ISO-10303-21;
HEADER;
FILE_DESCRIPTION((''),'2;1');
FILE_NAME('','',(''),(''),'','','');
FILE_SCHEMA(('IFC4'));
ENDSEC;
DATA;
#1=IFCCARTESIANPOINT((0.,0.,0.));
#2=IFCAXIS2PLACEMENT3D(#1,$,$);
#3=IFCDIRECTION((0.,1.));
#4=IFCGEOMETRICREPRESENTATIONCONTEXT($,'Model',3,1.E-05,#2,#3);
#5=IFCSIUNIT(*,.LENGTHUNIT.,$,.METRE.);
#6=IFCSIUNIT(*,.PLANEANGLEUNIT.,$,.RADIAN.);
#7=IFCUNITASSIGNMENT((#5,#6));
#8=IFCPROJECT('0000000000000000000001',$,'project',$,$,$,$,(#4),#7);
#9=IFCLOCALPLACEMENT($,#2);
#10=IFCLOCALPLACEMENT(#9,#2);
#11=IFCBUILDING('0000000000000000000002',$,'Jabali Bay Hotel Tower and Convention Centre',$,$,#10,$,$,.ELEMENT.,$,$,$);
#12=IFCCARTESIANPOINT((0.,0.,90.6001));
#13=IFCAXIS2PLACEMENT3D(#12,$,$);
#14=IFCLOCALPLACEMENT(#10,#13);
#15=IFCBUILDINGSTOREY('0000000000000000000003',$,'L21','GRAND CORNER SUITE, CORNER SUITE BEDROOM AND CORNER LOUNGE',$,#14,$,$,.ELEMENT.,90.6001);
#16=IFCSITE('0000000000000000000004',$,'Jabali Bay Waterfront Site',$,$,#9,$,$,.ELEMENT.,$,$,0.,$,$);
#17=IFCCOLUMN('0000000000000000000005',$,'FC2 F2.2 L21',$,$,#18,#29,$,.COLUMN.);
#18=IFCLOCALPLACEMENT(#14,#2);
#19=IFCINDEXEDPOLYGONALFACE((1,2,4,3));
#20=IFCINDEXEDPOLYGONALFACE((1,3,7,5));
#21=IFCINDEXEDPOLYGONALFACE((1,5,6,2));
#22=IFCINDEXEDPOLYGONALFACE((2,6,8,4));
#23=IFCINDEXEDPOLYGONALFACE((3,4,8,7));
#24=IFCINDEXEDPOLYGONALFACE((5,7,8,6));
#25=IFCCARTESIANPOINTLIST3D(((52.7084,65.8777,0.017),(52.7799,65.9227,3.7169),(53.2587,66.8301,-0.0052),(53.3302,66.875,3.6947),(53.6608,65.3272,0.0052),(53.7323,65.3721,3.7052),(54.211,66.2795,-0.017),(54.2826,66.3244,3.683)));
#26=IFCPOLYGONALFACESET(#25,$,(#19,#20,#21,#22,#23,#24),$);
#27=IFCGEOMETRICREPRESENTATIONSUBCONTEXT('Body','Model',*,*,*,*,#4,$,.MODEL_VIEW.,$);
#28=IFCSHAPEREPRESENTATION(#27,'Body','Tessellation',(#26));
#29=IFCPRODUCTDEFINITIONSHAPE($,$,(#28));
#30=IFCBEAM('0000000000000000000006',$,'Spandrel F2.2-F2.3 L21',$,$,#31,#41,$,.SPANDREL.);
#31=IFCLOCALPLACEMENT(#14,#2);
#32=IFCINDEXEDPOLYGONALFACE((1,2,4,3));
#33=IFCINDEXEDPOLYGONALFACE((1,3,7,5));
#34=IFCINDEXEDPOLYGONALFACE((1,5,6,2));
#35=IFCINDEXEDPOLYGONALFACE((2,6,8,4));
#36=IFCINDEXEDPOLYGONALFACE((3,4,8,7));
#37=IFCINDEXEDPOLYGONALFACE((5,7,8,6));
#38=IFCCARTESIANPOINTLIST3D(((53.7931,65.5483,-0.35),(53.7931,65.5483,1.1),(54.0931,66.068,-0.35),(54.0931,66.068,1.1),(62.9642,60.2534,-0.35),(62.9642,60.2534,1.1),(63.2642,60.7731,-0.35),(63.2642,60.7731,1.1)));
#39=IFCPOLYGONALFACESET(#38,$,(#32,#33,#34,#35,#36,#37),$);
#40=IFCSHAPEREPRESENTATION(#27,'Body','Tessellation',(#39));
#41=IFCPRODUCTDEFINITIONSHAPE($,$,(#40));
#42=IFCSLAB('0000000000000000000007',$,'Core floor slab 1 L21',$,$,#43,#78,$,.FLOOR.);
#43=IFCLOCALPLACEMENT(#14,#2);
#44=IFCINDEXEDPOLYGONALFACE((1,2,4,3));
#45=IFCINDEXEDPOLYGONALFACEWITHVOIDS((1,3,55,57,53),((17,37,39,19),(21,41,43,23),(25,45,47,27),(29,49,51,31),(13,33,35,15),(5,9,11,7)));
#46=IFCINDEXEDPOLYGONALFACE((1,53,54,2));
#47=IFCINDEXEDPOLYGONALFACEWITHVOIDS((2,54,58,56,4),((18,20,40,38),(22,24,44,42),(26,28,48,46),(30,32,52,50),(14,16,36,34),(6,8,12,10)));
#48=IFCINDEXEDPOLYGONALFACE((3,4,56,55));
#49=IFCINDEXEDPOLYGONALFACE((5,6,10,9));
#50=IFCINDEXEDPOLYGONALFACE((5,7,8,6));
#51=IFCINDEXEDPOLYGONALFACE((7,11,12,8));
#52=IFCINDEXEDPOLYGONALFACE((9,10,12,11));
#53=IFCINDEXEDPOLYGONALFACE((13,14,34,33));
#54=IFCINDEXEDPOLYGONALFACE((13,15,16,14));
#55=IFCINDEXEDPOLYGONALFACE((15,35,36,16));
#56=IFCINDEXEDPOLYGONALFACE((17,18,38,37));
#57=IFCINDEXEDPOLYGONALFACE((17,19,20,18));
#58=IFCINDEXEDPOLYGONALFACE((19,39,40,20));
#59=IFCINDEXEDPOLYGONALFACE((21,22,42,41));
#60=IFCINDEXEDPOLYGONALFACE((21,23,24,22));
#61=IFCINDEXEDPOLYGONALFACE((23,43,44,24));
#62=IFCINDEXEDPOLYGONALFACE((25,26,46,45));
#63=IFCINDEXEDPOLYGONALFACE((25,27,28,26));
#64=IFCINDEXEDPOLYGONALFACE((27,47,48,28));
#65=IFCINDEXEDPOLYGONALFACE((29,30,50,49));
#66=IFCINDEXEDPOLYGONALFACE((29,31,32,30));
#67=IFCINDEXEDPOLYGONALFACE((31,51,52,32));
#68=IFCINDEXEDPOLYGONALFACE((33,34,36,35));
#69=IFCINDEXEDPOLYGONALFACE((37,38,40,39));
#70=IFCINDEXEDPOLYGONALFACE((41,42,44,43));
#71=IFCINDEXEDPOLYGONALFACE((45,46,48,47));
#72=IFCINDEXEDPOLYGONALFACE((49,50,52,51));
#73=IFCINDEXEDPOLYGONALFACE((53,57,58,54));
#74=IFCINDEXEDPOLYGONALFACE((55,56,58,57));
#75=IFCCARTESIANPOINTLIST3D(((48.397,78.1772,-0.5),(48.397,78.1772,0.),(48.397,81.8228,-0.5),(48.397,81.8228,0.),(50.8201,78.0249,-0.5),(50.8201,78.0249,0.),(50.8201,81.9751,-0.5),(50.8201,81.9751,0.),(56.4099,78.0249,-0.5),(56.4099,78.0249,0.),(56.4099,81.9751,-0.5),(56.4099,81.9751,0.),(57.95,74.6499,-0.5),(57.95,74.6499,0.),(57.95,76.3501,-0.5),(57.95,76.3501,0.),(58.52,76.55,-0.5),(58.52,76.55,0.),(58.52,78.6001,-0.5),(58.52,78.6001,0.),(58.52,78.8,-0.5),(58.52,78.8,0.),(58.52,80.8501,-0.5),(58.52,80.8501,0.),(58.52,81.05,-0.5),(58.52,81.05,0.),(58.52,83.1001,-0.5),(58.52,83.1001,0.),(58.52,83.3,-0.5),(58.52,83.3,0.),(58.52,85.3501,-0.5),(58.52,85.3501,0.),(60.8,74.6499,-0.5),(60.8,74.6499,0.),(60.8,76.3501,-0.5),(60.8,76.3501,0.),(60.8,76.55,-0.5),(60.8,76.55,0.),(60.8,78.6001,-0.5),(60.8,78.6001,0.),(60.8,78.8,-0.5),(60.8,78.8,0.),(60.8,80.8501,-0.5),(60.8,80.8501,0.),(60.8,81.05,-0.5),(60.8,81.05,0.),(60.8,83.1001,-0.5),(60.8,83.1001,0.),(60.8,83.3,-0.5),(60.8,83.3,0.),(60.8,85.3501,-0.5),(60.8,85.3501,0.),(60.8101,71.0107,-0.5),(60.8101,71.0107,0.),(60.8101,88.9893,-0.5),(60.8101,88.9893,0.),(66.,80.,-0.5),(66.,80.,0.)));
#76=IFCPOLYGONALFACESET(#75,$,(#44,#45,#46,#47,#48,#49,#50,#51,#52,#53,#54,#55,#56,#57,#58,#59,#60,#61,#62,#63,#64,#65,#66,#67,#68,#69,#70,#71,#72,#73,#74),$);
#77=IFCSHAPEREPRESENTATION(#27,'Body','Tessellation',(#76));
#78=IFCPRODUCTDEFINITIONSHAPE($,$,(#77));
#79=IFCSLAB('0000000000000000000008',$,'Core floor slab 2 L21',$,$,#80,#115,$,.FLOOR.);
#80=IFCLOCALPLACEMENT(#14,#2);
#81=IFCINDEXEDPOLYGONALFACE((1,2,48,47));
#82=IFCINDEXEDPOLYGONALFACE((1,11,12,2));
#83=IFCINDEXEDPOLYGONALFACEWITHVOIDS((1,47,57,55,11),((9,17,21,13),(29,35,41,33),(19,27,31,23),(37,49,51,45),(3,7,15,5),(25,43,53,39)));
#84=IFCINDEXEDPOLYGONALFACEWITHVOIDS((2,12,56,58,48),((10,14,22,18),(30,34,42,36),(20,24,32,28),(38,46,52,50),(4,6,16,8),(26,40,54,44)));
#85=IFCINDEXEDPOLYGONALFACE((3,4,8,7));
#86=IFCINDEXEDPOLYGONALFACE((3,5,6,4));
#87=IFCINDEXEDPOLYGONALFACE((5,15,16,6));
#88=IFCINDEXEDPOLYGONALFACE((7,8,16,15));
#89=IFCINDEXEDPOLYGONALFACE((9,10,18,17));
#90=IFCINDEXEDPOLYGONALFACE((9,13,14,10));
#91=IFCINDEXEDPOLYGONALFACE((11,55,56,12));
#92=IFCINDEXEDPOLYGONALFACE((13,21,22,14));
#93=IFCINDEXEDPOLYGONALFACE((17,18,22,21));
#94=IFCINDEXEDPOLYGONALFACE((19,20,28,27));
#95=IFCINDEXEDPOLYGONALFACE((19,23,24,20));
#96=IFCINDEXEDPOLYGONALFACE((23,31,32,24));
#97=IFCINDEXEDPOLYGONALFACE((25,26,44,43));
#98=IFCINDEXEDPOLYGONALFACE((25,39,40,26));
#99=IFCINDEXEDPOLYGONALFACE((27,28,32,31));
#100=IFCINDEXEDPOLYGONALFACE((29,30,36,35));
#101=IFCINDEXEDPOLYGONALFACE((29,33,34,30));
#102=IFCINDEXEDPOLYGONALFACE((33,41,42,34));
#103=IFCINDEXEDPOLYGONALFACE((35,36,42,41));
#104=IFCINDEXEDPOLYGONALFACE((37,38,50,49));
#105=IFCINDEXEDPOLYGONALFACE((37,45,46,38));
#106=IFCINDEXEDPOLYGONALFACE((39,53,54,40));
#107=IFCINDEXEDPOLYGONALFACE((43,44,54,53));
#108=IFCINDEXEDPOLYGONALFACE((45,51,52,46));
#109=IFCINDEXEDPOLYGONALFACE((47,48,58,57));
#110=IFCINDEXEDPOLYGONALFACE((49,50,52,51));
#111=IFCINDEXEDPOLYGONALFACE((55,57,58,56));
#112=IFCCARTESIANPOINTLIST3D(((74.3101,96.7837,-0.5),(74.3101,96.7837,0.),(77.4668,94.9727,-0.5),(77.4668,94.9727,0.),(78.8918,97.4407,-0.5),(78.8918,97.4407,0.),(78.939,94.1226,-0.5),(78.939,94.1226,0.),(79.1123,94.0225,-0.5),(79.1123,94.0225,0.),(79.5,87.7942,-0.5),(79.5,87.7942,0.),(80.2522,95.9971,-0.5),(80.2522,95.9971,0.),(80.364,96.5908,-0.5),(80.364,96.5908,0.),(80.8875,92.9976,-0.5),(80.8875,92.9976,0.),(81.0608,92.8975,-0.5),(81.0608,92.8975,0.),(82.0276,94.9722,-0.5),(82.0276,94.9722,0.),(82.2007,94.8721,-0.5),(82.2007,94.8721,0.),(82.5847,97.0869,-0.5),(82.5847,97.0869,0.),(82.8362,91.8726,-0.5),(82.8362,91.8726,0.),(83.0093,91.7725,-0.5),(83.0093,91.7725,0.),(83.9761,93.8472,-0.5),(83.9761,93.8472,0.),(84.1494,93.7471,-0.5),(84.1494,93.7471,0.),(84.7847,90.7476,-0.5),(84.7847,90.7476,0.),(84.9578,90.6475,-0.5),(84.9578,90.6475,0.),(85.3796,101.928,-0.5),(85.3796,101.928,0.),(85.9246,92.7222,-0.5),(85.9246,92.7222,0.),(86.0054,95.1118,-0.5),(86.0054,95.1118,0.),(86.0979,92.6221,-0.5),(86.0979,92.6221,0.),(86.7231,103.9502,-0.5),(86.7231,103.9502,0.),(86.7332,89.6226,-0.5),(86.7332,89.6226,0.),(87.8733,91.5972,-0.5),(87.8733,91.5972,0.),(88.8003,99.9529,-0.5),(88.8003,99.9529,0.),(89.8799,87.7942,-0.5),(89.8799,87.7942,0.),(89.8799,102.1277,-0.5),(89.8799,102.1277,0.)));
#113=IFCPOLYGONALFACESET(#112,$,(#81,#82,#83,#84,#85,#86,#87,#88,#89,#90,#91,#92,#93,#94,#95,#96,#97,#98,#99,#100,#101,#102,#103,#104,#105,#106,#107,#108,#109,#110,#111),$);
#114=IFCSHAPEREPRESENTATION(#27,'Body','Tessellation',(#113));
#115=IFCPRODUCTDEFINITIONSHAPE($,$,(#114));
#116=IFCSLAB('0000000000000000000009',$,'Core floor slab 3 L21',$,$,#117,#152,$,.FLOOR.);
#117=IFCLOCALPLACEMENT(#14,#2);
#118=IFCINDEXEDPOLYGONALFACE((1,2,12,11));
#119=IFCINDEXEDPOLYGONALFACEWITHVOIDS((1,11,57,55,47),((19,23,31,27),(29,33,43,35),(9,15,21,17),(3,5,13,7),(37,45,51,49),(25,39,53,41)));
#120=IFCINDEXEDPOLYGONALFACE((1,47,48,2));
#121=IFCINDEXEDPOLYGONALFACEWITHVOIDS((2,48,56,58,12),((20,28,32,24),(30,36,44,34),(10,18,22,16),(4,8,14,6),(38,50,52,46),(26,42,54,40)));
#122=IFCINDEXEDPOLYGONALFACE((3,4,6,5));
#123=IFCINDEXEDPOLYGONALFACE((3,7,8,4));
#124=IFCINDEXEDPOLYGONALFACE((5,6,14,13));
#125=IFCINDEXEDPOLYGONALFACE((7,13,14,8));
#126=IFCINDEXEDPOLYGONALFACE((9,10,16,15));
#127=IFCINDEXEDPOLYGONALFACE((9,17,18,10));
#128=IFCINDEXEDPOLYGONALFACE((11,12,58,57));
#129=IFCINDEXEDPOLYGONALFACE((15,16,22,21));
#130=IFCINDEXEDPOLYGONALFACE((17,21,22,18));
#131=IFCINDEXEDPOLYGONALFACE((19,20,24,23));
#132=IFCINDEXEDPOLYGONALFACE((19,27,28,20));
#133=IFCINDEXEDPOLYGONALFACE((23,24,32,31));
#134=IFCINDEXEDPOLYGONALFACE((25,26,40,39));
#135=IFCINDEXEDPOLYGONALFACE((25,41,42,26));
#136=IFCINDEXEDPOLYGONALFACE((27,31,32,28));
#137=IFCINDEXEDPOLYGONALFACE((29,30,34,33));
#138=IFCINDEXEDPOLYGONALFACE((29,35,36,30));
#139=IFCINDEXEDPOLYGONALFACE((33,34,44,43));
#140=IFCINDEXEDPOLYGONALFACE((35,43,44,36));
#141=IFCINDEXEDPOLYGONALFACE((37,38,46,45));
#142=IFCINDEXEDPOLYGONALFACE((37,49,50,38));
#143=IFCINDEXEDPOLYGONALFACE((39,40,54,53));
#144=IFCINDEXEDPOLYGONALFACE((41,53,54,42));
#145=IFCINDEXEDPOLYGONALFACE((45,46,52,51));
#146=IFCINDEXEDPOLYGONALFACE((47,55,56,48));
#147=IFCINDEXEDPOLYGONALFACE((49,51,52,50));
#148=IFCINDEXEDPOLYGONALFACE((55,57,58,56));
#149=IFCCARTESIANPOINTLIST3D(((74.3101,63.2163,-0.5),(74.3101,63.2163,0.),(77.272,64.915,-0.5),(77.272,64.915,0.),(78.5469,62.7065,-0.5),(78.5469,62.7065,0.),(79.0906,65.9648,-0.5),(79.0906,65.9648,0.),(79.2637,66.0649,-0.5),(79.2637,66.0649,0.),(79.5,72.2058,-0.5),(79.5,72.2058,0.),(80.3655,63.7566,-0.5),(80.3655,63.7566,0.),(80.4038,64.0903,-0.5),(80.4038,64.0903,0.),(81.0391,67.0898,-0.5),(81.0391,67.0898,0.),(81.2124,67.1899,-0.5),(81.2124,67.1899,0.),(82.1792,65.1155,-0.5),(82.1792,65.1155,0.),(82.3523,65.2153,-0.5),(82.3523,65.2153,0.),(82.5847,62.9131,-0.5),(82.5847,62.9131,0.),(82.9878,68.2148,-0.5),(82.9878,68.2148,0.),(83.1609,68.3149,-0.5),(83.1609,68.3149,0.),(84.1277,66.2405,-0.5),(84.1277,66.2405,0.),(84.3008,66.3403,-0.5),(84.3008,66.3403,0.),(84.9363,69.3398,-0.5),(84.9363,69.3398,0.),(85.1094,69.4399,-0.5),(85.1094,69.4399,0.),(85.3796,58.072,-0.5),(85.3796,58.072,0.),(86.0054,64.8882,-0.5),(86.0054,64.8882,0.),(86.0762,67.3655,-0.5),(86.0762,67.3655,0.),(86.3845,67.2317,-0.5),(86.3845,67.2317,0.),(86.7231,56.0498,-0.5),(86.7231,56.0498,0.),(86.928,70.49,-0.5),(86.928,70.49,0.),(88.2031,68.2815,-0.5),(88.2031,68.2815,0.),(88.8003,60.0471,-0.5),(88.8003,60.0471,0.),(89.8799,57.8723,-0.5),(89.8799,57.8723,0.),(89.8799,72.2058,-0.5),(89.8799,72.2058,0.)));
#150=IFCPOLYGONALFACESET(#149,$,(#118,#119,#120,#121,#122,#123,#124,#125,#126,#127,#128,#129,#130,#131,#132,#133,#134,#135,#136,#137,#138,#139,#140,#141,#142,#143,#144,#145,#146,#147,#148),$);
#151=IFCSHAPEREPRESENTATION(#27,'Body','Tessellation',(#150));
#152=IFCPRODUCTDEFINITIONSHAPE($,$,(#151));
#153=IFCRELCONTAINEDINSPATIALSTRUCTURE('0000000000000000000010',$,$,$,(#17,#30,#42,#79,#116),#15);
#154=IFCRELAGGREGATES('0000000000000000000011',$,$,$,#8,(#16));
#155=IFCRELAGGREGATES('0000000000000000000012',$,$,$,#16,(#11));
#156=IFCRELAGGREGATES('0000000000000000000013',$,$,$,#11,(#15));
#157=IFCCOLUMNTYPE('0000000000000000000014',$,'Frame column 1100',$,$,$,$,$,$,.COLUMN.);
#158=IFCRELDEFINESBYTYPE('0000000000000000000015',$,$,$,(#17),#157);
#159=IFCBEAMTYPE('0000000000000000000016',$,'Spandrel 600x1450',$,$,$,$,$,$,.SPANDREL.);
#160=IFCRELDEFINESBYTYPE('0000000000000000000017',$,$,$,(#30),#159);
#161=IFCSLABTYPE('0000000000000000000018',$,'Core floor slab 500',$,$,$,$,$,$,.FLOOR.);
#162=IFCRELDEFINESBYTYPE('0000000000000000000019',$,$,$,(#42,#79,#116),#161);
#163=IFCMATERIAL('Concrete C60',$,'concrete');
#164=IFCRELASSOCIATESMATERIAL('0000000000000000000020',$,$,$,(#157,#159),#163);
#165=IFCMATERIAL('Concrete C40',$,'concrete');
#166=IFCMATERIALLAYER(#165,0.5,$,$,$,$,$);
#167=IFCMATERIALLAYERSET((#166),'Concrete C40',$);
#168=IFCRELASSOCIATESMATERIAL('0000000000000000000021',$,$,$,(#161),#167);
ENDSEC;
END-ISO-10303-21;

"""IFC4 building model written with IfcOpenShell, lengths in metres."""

from ifc_helpers import new_model, si_unit, direction, frame, origin, origin_2d, place, context, subcontext, project, spatial, polyline, rectangle, outline, extrude, material, layer, layer_set, material_profile, profile_set, type_object, element, save


model = new_model("IFC4")

# Units and contexts
model_context = context("Model", 3, precision=1e-05, world=origin(), true_north=direction((0.0, 1.0)))
body_context = subcontext(model_context, "Body", "Model", "MODEL_VIEW")
ifc_project = project(units=[si_unit("LENGTHUNIT", "METRE"), si_unit("PLANEANGLEUNIT", "RADIAN")], contexts=[model_context])

# Site, building, storey
site_placement = place(None, origin())
site = spatial("IfcSite", under=ifc_project, at=site_placement, Name="Jabali Bay Waterfront Site", CompositionType="ELEMENT", RefElevation=0.0)
building_placement = place(site_placement, origin())
building = spatial("IfcBuilding", under=site, at=building_placement, Name="Jabali Bay Hotel Tower and Convention Centre", CompositionType="ELEMENT")
storey_placement = place(building_placement, frame((0.0, 0.0, 90.6001)))
storey = spatial("IfcBuildingStorey", under=building, at=storey_placement, Name="L21", Description="GRAND CORNER SUITE, CORNER SUITE BEDROOM AND CORNER LOUNGE", CompositionType="ELEMENT", Elevation=90.6001)

# Column
ifc_material_1 = material(Name="Concrete C60", Category="concrete")
ifc_material_profile_1 = material_profile(ifc_material_1, rectangle(XDim=1.1001, YDim=1.1001, at=origin_2d()), Name="Frame column 1100")
ifc_profile_set_1 = profile_set([ifc_material_profile_1], Name="Concrete C60")
column_type = type_object("IfcColumnType", Name="Frame column 1100", PredefinedType="COLUMN", material=ifc_profile_set_1)
column_placement = place(storey_placement, frame((53.4597, 66.0786, 0.0), z_axis=(0.019329, 0.012138, 0.99974), x_axis=(-0.865691, 0.500465, 0.010661)))
element("IfcColumn", 1, at=column_placement, inside=storey, type_object=column_type, Name="FC2 F2.2 L21", PredefinedType="COLUMN", context=body_context, shape_type="SweptSolid", body=[
    extrude(rectangle(XDim=1.1001, YDim=1.1001, at=origin_2d()), origin(), (0.0, 0.0, 1.0), 3.7009),
])

# Beam
ifc_material_profile_2 = material_profile(ifc_material_1, rectangle(XDim=0.6001, YDim=1.45, at=origin_2d()), Name="Spandrel 600x1450")
ifc_profile_set_2 = profile_set([ifc_material_profile_2], Name="Concrete C60")
beam_type = type_object("IfcBeamType", Name="Spandrel 600x1450", PredefinedType="SPANDREL", material=ifc_profile_set_2)
beam_placement = place(storey_placement, frame((53.9431, 65.8081, 0.375), z_axis=(0.866027, -0.499997, 0.0), x_axis=(0.499997, 0.866027, 0.0)))
element("IfcBeam", 2, at=beam_placement, inside=storey, type_object=beam_type, Name="Spandrel F2.2-F2.3 L21", PredefinedType="SPANDREL", context=body_context, shape_type="SweptSolid", body=[
    extrude(rectangle(XDim=0.6001, YDim=1.45, at=origin_2d()), origin(), (0.0, 0.0, 1.0), 10.5898),
])

# Slabs
ifc_material_2 = material(Name="Concrete C40", Category="concrete")
ifc_layer_1 = layer(ifc_material_2, 0.5)
ifc_layer_set_1 = layer_set([ifc_layer_1], Name="Concrete C40")
slab_type_1 = type_object("IfcSlabType", Name="Core floor slab 500", PredefinedType="FLOOR", material=ifc_layer_set_1)
slab_1_placement = place(storey_placement, frame((0.0, 0.0, -0.5)))
element("IfcSlab", 3, at=slab_1_placement, inside=storey, type_object=slab_type_1, Name="Core floor slab 1 L21", PredefinedType="FLOOR", context=body_context, shape_type="SweptSolid", body=[
    extrude(outline(polyline([(66.0, 80.0), (60.8101, 88.9893), (48.397, 81.8228), (48.397, 78.1772), (60.8101, 71.0107), (66.0, 80.0)]), holes=[polyline([(60.8, 74.6499), (60.8, 76.3501), (57.95, 76.3501), (57.95, 74.6499), (60.8, 74.6499)]), polyline([(58.52, 76.55), (60.8, 76.55), (60.8, 78.6001), (58.52, 78.6001), (58.52, 76.55)]), polyline([(58.52, 78.8), (60.8, 78.8), (60.8, 80.8501), (58.52, 80.8501), (58.52, 78.8)]), polyline([(56.4099, 81.9751), (50.8201, 81.9751), (50.8201, 78.0249), (56.4099, 78.0249), (56.4099, 81.9751)]), polyline([(58.52, 81.05), (60.8, 81.05), (60.8, 83.1001), (58.52, 83.1001), (58.52, 81.05)]), polyline([(58.52, 83.3), (60.8, 83.3), (60.8, 85.3501), (58.52, 85.3501), (58.52, 83.3)])]), origin(), (0.0, 0.0, 1.0), 0.5),
])
slab_2_placement = place(storey_placement, frame((0.0, 0.0, -0.5)))
element("IfcSlab", 4, at=slab_2_placement, inside=storey, type_object=slab_type_1, Name="Core floor slab 2 L21", PredefinedType="FLOOR", context=body_context, shape_type="SweptSolid", body=[
    extrude(outline(polyline([(79.5, 87.7942), (89.8799, 87.7942), (89.8799, 102.1277), (86.7231, 103.9502), (74.3101, 96.7837), (79.5, 87.7942)]), holes=[polyline([(84.9578, 90.6475), (86.7332, 89.6226), (87.8733, 91.5972), (86.0979, 92.6221), (84.9578, 90.6475)]), polyline([(84.1494, 93.7471), (83.0093, 91.7725), (84.7847, 90.7476), (85.9246, 92.7222), (84.1494, 93.7471)]), polyline([(82.2007, 94.8721), (81.0608, 92.8975), (82.8362, 91.8726), (83.9761, 93.8472), (82.2007, 94.8721)]), polyline([(79.1123, 94.0225), (80.8875, 92.9976), (82.0276, 94.9722), (80.2522, 95.9971), (79.1123, 94.0225)]), polyline([(78.8918, 97.4407), (77.4668, 94.9727), (78.939, 94.1226), (80.364, 96.5908), (78.8918, 97.4407)]), polyline([(82.5847, 97.0869), (86.0054, 95.1118), (88.8003, 99.9529), (85.3796, 101.928), (82.5847, 97.0869)])]), origin(), (0.0, 0.0, 1.0), 0.5),
])
slab_3_placement = place(storey_placement, frame((0.0, 0.0, -0.5)))
element("IfcSlab", 5, at=slab_3_placement, inside=storey, type_object=slab_type_1, Name="Core floor slab 3 L21", PredefinedType="FLOOR", context=body_context, shape_type="SweptSolid", body=[
    extrude(outline(polyline([(79.5, 72.2058), (74.3101, 63.2163), (86.7231, 56.0498), (89.8799, 57.8723), (89.8799, 72.2058), (79.5, 72.2058)]), holes=[polyline([(82.5847, 62.9131), (85.3796, 58.072), (88.8003, 60.0471), (86.0054, 64.8882), (82.5847, 62.9131)]), polyline([(80.3655, 63.7566), (79.0906, 65.9648), (77.272, 64.915), (78.5469, 62.7065), (80.3655, 63.7566)]), polyline([(82.1792, 65.1155), (81.0391, 67.0898), (79.2637, 66.0649), (80.4038, 64.0903), (82.1792, 65.1155)]), polyline([(82.9878, 68.2148), (81.2124, 67.1899), (82.3523, 65.2153), (84.1277, 66.2405), (82.9878, 68.2148)]), polyline([(86.0762, 67.3655), (84.9363, 69.3398), (83.1609, 68.3149), (84.3008, 66.3403), (86.0762, 67.3655)]), polyline([(88.2031, 68.2815), (86.928, 70.49), (85.1094, 69.4399), (86.3845, 67.2317), (88.2031, 68.2815)])]), origin(), (0.0, 0.0, 1.0), 0.5),
])

save(model, "model.ifc")
